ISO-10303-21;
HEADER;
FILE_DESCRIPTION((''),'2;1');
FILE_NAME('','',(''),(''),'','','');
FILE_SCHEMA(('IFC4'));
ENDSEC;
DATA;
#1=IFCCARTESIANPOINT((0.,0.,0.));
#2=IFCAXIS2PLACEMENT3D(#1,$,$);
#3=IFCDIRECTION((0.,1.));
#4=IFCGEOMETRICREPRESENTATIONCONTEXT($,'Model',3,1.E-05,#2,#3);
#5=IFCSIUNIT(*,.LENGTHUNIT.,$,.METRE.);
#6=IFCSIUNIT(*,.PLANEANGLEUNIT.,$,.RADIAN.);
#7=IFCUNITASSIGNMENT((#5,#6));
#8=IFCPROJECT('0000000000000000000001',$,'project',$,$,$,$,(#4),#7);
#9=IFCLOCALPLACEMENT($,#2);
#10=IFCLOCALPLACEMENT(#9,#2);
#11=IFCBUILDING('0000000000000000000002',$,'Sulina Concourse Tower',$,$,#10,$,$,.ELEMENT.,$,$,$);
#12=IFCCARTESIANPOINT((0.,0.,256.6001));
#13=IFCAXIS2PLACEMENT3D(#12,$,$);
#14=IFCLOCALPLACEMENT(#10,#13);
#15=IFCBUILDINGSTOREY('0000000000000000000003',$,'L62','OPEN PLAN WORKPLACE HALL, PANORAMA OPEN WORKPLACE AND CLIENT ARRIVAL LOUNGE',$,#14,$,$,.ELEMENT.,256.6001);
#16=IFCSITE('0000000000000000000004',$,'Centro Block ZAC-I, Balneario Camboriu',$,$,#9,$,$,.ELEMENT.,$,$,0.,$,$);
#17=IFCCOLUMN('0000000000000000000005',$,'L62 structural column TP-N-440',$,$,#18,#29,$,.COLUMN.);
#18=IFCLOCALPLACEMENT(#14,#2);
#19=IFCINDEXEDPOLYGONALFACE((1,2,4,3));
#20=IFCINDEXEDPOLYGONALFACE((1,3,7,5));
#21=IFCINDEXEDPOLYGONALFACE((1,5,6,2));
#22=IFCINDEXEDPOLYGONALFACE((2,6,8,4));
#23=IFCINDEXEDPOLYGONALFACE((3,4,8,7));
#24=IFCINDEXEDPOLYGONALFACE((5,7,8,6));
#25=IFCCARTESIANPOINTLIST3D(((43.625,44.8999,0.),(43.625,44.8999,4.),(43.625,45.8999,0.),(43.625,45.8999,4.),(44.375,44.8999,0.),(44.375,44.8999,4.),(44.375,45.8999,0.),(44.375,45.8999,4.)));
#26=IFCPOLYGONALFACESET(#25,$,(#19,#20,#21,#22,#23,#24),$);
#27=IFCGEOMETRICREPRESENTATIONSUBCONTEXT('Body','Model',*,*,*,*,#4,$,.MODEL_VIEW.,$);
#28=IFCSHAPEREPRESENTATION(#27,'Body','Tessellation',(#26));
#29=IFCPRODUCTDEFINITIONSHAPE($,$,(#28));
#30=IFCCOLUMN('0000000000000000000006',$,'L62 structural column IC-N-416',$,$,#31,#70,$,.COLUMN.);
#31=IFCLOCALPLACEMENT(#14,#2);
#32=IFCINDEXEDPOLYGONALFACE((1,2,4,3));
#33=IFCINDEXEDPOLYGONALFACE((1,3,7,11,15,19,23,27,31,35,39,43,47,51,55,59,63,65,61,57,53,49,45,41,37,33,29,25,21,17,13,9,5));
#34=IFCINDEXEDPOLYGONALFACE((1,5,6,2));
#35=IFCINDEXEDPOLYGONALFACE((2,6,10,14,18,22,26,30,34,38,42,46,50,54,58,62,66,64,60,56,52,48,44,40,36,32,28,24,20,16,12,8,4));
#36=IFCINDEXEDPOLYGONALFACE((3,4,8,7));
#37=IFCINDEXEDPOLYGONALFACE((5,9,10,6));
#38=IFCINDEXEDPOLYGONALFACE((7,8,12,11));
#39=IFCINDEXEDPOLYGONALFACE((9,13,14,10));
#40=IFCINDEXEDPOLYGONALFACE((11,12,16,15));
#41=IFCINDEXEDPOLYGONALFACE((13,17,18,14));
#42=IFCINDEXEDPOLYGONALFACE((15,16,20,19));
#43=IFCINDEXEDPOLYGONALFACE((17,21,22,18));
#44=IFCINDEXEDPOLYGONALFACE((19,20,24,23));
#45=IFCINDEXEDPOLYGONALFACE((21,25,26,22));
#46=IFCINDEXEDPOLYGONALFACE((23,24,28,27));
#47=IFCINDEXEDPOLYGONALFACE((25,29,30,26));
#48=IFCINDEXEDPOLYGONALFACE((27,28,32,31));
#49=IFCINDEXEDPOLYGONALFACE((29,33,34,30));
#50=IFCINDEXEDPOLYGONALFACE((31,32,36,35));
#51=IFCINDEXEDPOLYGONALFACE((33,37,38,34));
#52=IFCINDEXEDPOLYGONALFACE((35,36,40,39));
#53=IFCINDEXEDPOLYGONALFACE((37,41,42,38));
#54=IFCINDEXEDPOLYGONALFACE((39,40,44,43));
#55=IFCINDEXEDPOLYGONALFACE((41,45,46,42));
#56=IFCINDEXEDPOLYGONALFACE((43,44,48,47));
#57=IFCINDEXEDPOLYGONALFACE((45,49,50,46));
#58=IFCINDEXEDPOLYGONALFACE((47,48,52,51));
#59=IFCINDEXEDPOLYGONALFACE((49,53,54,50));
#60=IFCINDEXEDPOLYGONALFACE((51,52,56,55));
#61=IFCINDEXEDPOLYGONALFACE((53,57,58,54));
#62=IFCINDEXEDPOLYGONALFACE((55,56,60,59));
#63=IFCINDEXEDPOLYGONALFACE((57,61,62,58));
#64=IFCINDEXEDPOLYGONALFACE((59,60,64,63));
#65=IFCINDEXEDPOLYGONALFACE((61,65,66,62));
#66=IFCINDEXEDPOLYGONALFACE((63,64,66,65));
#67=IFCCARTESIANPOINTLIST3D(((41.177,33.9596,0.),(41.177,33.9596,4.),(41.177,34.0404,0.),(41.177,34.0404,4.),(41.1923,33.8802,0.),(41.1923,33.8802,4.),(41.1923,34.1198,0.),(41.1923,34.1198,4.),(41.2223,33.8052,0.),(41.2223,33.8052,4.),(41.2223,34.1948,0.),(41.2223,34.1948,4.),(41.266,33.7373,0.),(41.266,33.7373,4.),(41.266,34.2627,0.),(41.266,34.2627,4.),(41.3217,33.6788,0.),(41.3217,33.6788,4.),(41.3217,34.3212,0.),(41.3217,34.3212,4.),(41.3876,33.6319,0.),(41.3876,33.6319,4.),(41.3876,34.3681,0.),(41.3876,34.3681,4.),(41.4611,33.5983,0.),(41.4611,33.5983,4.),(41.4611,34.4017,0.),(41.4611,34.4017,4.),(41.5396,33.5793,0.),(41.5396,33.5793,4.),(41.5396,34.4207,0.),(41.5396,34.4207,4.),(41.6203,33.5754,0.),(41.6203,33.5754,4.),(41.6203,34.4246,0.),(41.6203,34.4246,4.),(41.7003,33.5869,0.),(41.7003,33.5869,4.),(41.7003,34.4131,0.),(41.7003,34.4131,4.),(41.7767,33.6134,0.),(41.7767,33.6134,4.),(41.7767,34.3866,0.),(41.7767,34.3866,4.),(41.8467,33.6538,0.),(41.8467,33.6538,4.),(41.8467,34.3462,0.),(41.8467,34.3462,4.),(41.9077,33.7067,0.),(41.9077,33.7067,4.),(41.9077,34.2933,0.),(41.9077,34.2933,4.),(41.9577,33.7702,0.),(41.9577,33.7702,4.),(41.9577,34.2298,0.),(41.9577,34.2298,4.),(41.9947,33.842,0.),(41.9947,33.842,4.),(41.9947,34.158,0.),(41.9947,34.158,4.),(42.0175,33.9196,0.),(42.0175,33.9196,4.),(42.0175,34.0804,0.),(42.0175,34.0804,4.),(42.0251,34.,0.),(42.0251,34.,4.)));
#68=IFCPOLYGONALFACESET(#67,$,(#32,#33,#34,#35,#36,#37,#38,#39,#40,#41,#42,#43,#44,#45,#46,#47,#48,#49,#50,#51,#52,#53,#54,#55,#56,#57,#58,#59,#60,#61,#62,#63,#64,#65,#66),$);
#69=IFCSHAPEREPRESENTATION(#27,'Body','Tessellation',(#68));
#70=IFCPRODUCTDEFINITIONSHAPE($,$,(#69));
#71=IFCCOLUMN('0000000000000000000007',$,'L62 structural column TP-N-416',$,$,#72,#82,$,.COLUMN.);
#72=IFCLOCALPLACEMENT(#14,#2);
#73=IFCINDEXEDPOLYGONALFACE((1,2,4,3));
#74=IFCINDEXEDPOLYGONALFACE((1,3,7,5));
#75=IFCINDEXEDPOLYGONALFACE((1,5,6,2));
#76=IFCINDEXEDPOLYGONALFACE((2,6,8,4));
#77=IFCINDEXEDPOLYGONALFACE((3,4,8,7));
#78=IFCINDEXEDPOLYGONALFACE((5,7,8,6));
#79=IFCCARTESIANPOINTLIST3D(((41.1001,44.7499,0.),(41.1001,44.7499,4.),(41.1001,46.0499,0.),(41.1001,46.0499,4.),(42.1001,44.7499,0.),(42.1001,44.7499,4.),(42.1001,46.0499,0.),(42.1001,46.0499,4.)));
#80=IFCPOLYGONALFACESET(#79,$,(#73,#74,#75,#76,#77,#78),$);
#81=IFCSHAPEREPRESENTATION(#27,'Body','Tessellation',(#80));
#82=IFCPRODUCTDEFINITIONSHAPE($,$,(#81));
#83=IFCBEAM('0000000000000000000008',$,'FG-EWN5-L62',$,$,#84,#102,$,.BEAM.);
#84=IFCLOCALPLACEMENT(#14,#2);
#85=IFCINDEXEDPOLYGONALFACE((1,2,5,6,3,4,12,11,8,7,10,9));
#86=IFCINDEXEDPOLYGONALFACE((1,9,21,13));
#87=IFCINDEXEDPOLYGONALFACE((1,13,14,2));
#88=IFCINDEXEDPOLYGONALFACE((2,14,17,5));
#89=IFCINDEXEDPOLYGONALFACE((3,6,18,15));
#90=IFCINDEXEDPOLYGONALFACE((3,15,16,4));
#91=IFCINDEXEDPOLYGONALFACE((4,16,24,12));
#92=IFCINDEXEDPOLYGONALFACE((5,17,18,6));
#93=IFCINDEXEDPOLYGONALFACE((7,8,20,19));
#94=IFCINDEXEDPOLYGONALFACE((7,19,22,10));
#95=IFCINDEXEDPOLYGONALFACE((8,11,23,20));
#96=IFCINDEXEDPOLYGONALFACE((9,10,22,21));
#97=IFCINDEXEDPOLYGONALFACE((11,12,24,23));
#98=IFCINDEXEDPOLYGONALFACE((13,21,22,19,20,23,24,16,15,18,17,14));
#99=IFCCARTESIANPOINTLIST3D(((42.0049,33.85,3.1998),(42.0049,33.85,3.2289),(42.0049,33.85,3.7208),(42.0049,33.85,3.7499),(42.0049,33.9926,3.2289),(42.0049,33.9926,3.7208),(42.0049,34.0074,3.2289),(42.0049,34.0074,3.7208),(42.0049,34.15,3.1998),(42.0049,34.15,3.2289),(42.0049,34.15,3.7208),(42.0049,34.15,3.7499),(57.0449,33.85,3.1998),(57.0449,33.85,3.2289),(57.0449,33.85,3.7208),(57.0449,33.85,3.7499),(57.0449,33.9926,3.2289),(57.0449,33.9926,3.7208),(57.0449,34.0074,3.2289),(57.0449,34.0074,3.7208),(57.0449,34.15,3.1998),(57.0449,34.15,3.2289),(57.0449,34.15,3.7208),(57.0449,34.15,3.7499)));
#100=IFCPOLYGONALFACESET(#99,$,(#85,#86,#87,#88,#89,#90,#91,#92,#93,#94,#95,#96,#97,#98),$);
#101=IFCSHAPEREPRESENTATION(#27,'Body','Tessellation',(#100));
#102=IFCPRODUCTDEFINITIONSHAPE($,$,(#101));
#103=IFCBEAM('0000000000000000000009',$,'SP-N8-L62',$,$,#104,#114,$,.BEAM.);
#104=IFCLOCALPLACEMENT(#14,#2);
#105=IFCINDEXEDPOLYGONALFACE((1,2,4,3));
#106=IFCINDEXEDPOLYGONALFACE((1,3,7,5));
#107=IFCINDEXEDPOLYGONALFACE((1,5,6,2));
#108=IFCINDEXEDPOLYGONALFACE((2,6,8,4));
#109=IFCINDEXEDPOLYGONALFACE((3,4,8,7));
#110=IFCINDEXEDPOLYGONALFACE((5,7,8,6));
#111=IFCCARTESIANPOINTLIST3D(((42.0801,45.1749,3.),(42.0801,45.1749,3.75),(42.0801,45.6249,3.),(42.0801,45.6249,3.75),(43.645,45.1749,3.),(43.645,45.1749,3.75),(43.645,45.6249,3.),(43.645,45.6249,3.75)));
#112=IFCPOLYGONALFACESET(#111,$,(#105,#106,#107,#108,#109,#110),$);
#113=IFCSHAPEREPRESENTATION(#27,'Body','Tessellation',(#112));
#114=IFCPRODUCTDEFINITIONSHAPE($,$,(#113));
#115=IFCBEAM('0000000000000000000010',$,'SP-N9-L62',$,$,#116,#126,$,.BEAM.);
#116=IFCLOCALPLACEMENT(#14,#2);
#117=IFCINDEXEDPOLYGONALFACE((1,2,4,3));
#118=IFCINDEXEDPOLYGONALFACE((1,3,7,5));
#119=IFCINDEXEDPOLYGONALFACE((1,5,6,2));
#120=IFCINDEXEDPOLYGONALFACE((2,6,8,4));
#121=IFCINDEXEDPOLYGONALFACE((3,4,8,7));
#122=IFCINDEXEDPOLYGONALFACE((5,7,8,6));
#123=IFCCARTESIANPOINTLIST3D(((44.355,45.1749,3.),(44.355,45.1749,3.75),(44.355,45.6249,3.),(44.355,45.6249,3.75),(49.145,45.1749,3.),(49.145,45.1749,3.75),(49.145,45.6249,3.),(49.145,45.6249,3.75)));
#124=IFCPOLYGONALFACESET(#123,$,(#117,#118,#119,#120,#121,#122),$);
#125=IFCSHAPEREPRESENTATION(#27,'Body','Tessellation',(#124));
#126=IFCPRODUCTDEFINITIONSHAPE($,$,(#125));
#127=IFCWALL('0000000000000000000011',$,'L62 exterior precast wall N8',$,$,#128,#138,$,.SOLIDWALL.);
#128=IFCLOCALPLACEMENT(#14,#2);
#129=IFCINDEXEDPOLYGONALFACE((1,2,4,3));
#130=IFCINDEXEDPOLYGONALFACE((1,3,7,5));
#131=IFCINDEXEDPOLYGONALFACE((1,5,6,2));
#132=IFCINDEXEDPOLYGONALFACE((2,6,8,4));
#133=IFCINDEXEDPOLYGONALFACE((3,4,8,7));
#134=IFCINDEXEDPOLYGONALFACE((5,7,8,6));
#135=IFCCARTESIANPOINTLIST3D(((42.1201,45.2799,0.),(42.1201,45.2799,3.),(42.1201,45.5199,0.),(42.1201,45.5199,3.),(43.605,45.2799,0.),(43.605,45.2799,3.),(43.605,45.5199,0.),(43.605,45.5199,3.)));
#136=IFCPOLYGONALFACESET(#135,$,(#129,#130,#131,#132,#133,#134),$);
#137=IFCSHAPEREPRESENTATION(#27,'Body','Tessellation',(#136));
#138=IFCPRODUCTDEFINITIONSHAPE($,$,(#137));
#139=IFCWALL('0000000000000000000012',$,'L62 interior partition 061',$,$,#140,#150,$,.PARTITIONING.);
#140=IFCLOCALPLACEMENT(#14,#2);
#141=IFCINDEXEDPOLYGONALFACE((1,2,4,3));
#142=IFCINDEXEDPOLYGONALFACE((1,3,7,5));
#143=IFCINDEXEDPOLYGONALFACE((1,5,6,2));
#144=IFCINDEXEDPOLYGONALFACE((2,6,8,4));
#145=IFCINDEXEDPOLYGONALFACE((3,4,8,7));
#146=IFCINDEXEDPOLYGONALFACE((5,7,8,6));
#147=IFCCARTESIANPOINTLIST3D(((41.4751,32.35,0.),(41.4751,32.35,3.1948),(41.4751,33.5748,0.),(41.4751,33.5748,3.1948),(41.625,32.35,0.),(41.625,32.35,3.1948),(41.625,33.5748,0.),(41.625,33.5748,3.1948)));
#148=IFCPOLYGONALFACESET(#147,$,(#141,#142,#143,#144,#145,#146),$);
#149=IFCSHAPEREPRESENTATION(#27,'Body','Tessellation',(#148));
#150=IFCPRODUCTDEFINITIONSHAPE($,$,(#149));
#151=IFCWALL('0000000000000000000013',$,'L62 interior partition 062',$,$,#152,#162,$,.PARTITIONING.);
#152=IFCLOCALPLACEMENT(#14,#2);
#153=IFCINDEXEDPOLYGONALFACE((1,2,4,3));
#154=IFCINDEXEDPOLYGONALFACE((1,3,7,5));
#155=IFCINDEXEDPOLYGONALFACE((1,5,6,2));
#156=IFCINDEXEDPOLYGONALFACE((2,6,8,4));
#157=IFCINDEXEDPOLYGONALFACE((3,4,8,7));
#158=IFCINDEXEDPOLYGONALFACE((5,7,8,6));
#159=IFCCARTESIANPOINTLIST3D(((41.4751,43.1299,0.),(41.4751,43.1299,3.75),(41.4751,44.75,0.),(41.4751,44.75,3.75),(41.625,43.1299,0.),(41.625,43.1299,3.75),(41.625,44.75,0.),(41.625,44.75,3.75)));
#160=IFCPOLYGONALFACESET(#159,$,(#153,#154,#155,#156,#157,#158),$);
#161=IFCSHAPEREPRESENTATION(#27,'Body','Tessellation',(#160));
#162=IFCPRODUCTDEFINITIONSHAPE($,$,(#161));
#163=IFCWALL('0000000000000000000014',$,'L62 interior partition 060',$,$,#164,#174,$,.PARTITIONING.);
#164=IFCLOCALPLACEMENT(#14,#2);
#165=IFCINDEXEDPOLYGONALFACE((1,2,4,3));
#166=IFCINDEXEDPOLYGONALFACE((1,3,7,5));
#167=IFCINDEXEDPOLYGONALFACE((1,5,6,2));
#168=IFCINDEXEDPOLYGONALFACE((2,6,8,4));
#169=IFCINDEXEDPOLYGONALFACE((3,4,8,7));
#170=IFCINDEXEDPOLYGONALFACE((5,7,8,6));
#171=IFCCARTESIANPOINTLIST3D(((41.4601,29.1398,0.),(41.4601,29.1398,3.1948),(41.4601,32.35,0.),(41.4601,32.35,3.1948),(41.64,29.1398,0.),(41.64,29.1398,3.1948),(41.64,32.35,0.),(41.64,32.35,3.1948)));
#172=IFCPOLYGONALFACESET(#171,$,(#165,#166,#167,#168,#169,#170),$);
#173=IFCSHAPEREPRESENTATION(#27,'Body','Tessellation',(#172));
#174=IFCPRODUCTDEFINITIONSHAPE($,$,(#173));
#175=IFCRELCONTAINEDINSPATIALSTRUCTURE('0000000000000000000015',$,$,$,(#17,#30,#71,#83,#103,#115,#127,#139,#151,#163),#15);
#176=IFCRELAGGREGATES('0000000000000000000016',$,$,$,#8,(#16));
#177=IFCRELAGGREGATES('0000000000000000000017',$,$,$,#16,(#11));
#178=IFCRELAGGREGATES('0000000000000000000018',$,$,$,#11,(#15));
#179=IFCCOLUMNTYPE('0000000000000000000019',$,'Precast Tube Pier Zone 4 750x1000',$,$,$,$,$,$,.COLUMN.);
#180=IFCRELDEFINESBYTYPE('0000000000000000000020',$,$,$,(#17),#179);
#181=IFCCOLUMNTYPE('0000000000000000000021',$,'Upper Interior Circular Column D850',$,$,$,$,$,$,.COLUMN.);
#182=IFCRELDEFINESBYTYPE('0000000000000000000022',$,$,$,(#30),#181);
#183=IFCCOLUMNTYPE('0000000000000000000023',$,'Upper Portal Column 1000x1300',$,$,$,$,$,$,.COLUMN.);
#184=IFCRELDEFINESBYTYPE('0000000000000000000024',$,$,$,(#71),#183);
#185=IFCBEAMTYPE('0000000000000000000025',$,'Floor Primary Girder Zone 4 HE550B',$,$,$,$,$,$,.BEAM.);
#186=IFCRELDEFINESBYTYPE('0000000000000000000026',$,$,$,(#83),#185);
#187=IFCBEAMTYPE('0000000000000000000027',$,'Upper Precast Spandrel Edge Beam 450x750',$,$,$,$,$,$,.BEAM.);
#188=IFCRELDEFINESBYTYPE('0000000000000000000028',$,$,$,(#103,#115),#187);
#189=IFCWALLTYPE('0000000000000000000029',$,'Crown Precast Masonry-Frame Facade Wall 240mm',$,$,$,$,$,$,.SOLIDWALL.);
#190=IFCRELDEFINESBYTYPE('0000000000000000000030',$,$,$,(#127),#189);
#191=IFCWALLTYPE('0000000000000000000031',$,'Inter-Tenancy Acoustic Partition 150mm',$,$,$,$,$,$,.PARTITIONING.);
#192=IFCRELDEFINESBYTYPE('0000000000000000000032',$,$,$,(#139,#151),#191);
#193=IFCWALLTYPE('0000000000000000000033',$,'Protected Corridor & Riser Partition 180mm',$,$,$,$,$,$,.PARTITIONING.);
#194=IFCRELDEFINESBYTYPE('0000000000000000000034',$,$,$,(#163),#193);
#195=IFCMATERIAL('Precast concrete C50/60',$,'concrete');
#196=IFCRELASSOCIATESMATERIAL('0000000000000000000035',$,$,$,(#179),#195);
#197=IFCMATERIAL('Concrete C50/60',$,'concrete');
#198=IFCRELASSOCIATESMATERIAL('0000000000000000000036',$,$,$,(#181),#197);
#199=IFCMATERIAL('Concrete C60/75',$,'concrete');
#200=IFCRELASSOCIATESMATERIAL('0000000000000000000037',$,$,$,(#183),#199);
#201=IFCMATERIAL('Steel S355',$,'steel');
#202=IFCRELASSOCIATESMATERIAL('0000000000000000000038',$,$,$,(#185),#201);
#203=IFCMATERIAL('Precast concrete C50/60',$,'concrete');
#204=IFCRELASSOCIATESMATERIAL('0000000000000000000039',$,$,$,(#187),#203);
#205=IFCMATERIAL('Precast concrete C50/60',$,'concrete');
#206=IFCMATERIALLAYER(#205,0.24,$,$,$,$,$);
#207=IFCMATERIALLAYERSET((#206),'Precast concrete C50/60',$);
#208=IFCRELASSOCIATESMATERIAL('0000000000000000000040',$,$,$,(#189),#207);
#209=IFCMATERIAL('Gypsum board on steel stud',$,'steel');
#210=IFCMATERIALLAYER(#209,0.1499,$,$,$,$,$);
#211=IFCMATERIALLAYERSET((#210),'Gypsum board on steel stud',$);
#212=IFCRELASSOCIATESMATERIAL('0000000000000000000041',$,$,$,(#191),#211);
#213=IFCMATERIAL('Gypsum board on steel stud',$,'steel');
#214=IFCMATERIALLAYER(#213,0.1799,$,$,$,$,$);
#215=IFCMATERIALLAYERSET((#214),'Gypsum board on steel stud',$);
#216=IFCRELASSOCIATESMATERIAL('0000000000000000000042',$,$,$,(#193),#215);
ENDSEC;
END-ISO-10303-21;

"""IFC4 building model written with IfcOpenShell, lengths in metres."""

from ifc_helpers import new_model, si_unit, direction, frame, frame_2d, origin, origin_2d, place, context, subcontext, project, spatial, rectangle, circle, i_section, extrude, material, layer, layer_set, material_profile, profile_set, type_object, element, save


model = new_model("IFC4")

# Units and contexts
model_context = context("Model", 3, precision=1e-05, world=origin(), true_north=direction((0.0, 1.0)))
body_context = subcontext(model_context, "Body", "Model", "MODEL_VIEW")
ifc_project = project(units=[si_unit("LENGTHUNIT", "METRE"), si_unit("PLANEANGLEUNIT", "RADIAN")], contexts=[model_context])

# Site, building, storey
site_placement = place(None, origin())
site = spatial("IfcSite", under=ifc_project, at=site_placement, Name="Centro Block ZAC-I, Balneario Camboriu", CompositionType="ELEMENT", RefElevation=0.0)
building_placement = place(site_placement, origin())
building = spatial("IfcBuilding", under=site, at=building_placement, Name="Sulina Concourse Tower", CompositionType="ELEMENT")
storey_placement = place(building_placement, frame((0.0, 0.0, 256.6001)))
storey = spatial("IfcBuildingStorey", under=building, at=storey_placement, Name="L62", Description="OPEN PLAN WORKPLACE HALL, PANORAMA OPEN WORKPLACE AND CLIENT ARRIVAL LOUNGE", CompositionType="ELEMENT", Elevation=256.6001)

# Columns
ifc_material_1 = material(Name="Precast concrete C50/60", Category="concrete")
ifc_material_profile_1 = material_profile(ifc_material_1, rectangle(XDim=0.75, YDim=1.0, at=origin_2d()), Name="PC 750x1000")
ifc_profile_set_1 = profile_set([ifc_material_profile_1], Name="Precast concrete C50/60")
column_type_1 = type_object("IfcColumnType", Name="Precast Tube Pier Zone 4 750x1000", PredefinedType="COLUMN", material=ifc_profile_set_1)
column_1_placement = place(storey_placement, frame((44.0, 45.3999, 0.0), z_axis=(0.0, 0.0, 1.0), x_axis=(1.0, 0.0, 0.0)))
element("IfcColumn", 1, at=column_1_placement, inside=storey, type_object=column_type_1, Name="L62 structural column TP-N-440", PredefinedType="COLUMN", context=body_context, shape_type="SweptSolid", body=[
    extrude(rectangle(XDim=0.75, YDim=1.0, at=origin_2d()), origin(), (0.0, 0.0, 1.0), 4.0),
])
ifc_material_2 = material(Name="Concrete C50/60", Category="concrete")
ifc_material_profile_2 = material_profile(ifc_material_2, circle(Radius=0.425, at=origin_2d()), Name="RC D850")
ifc_profile_set_2 = profile_set([ifc_material_profile_2], Name="Concrete C50/60")
column_type_2 = type_object("IfcColumnType", Name="Upper Interior Circular Column D850", PredefinedType="COLUMN", material=ifc_profile_set_2)
column_2_placement = place(storey_placement, frame((41.6001, 34.0, 0.0), z_axis=(0.0, 0.0, 1.0), x_axis=(1.0, 0.0, 0.0)))
element("IfcColumn", 2, at=column_2_placement, inside=storey, type_object=column_type_2, Name="L62 structural column IC-N-416", PredefinedType="COLUMN", context=body_context, shape_type="SweptSolid", body=[
    extrude(circle(Radius=0.425, at=origin_2d()), origin(), (0.0, 0.0, 1.0), 4.0),
])
ifc_material_3 = material(Name="Concrete C60/75", Category="concrete")
ifc_material_profile_3 = material_profile(ifc_material_3, rectangle(XDim=1.0, YDim=1.3, at=origin_2d()), Name="RC 1000x1300")
ifc_profile_set_3 = profile_set([ifc_material_profile_3], Name="Concrete C60/75")
column_type_3 = type_object("IfcColumnType", Name="Upper Portal Column 1000x1300", PredefinedType="COLUMN", material=ifc_profile_set_3)
column_3_placement = place(storey_placement, frame((41.6001, 45.3999, 0.0), z_axis=(0.0, 0.0, 1.0), x_axis=(1.0, 0.0, 0.0)))
element("IfcColumn", 3, at=column_3_placement, inside=storey, type_object=column_type_3, Name="L62 structural column TP-N-416", PredefinedType="COLUMN", context=body_context, shape_type="SweptSolid", body=[
    extrude(rectangle(XDim=1.0, YDim=1.3, at=origin_2d()), origin(), (0.0, 0.0, 1.0), 4.0),
])

# Beams
ifc_material_4 = material(Name="Steel S355", Category="steel")
ifc_material_profile_4 = material_profile(ifc_material_4, i_section(OverallWidth=0.3, OverallDepth=0.55, WebThickness=0.0149, FlangeThickness=0.0291, at=origin_2d()), Name="HE 550 B")
ifc_profile_set_4 = profile_set([ifc_material_profile_4], Name="Steel S355")
beam_type_1 = type_object("IfcBeamType", Name="Floor Primary Girder Zone 4 HE550B", PredefinedType="BEAM", material=ifc_profile_set_4)
beam_1_placement = place(storey_placement, frame((42.0049, 34.0, 3.4749), z_axis=(1.0, 0.0, 0.0), x_axis=(0.0, 1.0, 0.0)))
element("IfcBeam", 4, at=beam_1_placement, inside=storey, type_object=beam_type_1, Name="FG-EWN5-L62", PredefinedType="BEAM", context=body_context, shape_type="SweptSolid", body=[
    extrude(i_section(OverallWidth=0.3, OverallDepth=0.55, WebThickness=0.0149, FlangeThickness=0.0291, at=origin_2d()), origin(), (0.0, 0.0, 1.0), 15.04),
])
ifc_material_5 = material(Name="Precast concrete C50/60", Category="concrete")
ifc_material_profile_5 = material_profile(ifc_material_5, rectangle(XDim=0.45, YDim=0.75, at=origin_2d()), Name="RC 450x750")
ifc_profile_set_5 = profile_set([ifc_material_profile_5], Name="Precast concrete C50/60")
beam_type_2 = type_object("IfcBeamType", Name="Upper Precast Spandrel Edge Beam 450x750", PredefinedType="BEAM", material=ifc_profile_set_5)
beam_2_placement = place(storey_placement, frame((42.0801, 45.3999, 3.375), z_axis=(1.0, 0.0, 0.0), x_axis=(0.0, 1.0, 0.0)))
element("IfcBeam", 5, at=beam_2_placement, inside=storey, type_object=beam_type_2, Name="SP-N8-L62", PredefinedType="BEAM", context=body_context, shape_type="SweptSolid", body=[
    extrude(rectangle(XDim=0.45, YDim=0.75, at=origin_2d()), origin(), (0.0, 0.0, 1.0), 1.5649),
])
beam_3_placement = place(storey_placement, frame((44.355, 45.3999, 3.375), z_axis=(1.0, 0.0, 0.0), x_axis=(0.0, 1.0, 0.0)))
element("IfcBeam", 6, at=beam_3_placement, inside=storey, type_object=beam_type_2, Name="SP-N9-L62", PredefinedType="BEAM", context=body_context, shape_type="SweptSolid", body=[
    extrude(rectangle(XDim=0.45, YDim=0.75, at=origin_2d()), origin(), (0.0, 0.0, 1.0), 4.79),
])

# Walls
ifc_material_6 = material(Name="Precast concrete C50/60", Category="concrete")
ifc_layer_1 = layer(ifc_material_6, 0.24)
ifc_layer_set_1 = layer_set([ifc_layer_1], Name="Precast concrete C50/60")
wall_type_1 = type_object("IfcWallType", Name="Crown Precast Masonry-Frame Facade Wall 240mm", PredefinedType="SOLIDWALL", material=ifc_layer_set_1)
wall_1_placement = place(storey_placement, frame((42.1201, 45.3999, 0.0), z_axis=(0.0, 0.0, 1.0), x_axis=(1.0, 0.0, 0.0)))
element("IfcWall", 7, at=wall_1_placement, inside=storey, type_object=wall_type_1, Name="L62 exterior precast wall N8", PredefinedType="SOLIDWALL", context=body_context, shape_type="SweptSolid", body=[
    extrude(rectangle(XDim=1.4849, YDim=0.24, at=frame_2d((0.7424, 0.0))), origin(), (0.0, 0.0, 1.0), 3.0),
])
ifc_material_7 = material(Name="Gypsum board on steel stud", Category="steel")
ifc_layer_2 = layer(ifc_material_7, 0.1499)
ifc_layer_set_2 = layer_set([ifc_layer_2], Name="Gypsum board on steel stud")
wall_type_2 = type_object("IfcWallType", Name="Inter-Tenancy Acoustic Partition 150mm", PredefinedType="PARTITIONING", material=ifc_layer_set_2)
wall_2_placement = place(storey_placement, frame((41.55, 32.3501, 0.0), z_axis=(0.0, 0.0, 1.0), x_axis=(0.0, 1.0, 0.0)))
element("IfcWall", 8, at=wall_2_placement, inside=storey, type_object=wall_type_2, Name="L62 interior partition 061", PredefinedType="PARTITIONING", context=body_context, shape_type="SweptSolid", body=[
    extrude(rectangle(XDim=1.2249, YDim=0.1499, at=frame_2d((0.6123, 0.0))), origin(), (0.0, 0.0, 1.0), 3.1948),
])
wall_3_placement = place(storey_placement, frame((41.55, 43.1299, 0.0), z_axis=(0.0, 0.0, 1.0), x_axis=(0.0, 1.0, 0.0)))
element("IfcWall", 9, at=wall_3_placement, inside=storey, type_object=wall_type_2, Name="L62 interior partition 062", PredefinedType="PARTITIONING", context=body_context, shape_type="SweptSolid", body=[
    extrude(rectangle(XDim=1.6201, YDim=0.1499, at=frame_2d((0.8101, 0.0))), origin(), (0.0, 0.0, 1.0), 3.75),
])
ifc_material_8 = material(Name="Gypsum board on steel stud", Category="steel")
ifc_layer_3 = layer(ifc_material_8, 0.1799)
ifc_layer_set_3 = layer_set([ifc_layer_3], Name="Gypsum board on steel stud")
wall_type_3 = type_object("IfcWallType", Name="Protected Corridor & Riser Partition 180mm", PredefinedType="PARTITIONING", material=ifc_layer_set_3)
wall_4_placement = place(storey_placement, frame((41.55, 29.1399, 0.0), z_axis=(0.0, 0.0, 1.0), x_axis=(0.0, 1.0, 0.0)))
element("IfcWall", 10, at=wall_4_placement, inside=storey, type_object=wall_type_3, Name="L62 interior partition 060", PredefinedType="PARTITIONING", context=body_context, shape_type="SweptSolid", body=[
    extrude(rectangle(XDim=3.2102, YDim=0.1799, at=frame_2d((1.605, 0.0))), origin(), (0.0, 0.0, 1.0), 3.1948),
])

save(model, "model.ifc")
